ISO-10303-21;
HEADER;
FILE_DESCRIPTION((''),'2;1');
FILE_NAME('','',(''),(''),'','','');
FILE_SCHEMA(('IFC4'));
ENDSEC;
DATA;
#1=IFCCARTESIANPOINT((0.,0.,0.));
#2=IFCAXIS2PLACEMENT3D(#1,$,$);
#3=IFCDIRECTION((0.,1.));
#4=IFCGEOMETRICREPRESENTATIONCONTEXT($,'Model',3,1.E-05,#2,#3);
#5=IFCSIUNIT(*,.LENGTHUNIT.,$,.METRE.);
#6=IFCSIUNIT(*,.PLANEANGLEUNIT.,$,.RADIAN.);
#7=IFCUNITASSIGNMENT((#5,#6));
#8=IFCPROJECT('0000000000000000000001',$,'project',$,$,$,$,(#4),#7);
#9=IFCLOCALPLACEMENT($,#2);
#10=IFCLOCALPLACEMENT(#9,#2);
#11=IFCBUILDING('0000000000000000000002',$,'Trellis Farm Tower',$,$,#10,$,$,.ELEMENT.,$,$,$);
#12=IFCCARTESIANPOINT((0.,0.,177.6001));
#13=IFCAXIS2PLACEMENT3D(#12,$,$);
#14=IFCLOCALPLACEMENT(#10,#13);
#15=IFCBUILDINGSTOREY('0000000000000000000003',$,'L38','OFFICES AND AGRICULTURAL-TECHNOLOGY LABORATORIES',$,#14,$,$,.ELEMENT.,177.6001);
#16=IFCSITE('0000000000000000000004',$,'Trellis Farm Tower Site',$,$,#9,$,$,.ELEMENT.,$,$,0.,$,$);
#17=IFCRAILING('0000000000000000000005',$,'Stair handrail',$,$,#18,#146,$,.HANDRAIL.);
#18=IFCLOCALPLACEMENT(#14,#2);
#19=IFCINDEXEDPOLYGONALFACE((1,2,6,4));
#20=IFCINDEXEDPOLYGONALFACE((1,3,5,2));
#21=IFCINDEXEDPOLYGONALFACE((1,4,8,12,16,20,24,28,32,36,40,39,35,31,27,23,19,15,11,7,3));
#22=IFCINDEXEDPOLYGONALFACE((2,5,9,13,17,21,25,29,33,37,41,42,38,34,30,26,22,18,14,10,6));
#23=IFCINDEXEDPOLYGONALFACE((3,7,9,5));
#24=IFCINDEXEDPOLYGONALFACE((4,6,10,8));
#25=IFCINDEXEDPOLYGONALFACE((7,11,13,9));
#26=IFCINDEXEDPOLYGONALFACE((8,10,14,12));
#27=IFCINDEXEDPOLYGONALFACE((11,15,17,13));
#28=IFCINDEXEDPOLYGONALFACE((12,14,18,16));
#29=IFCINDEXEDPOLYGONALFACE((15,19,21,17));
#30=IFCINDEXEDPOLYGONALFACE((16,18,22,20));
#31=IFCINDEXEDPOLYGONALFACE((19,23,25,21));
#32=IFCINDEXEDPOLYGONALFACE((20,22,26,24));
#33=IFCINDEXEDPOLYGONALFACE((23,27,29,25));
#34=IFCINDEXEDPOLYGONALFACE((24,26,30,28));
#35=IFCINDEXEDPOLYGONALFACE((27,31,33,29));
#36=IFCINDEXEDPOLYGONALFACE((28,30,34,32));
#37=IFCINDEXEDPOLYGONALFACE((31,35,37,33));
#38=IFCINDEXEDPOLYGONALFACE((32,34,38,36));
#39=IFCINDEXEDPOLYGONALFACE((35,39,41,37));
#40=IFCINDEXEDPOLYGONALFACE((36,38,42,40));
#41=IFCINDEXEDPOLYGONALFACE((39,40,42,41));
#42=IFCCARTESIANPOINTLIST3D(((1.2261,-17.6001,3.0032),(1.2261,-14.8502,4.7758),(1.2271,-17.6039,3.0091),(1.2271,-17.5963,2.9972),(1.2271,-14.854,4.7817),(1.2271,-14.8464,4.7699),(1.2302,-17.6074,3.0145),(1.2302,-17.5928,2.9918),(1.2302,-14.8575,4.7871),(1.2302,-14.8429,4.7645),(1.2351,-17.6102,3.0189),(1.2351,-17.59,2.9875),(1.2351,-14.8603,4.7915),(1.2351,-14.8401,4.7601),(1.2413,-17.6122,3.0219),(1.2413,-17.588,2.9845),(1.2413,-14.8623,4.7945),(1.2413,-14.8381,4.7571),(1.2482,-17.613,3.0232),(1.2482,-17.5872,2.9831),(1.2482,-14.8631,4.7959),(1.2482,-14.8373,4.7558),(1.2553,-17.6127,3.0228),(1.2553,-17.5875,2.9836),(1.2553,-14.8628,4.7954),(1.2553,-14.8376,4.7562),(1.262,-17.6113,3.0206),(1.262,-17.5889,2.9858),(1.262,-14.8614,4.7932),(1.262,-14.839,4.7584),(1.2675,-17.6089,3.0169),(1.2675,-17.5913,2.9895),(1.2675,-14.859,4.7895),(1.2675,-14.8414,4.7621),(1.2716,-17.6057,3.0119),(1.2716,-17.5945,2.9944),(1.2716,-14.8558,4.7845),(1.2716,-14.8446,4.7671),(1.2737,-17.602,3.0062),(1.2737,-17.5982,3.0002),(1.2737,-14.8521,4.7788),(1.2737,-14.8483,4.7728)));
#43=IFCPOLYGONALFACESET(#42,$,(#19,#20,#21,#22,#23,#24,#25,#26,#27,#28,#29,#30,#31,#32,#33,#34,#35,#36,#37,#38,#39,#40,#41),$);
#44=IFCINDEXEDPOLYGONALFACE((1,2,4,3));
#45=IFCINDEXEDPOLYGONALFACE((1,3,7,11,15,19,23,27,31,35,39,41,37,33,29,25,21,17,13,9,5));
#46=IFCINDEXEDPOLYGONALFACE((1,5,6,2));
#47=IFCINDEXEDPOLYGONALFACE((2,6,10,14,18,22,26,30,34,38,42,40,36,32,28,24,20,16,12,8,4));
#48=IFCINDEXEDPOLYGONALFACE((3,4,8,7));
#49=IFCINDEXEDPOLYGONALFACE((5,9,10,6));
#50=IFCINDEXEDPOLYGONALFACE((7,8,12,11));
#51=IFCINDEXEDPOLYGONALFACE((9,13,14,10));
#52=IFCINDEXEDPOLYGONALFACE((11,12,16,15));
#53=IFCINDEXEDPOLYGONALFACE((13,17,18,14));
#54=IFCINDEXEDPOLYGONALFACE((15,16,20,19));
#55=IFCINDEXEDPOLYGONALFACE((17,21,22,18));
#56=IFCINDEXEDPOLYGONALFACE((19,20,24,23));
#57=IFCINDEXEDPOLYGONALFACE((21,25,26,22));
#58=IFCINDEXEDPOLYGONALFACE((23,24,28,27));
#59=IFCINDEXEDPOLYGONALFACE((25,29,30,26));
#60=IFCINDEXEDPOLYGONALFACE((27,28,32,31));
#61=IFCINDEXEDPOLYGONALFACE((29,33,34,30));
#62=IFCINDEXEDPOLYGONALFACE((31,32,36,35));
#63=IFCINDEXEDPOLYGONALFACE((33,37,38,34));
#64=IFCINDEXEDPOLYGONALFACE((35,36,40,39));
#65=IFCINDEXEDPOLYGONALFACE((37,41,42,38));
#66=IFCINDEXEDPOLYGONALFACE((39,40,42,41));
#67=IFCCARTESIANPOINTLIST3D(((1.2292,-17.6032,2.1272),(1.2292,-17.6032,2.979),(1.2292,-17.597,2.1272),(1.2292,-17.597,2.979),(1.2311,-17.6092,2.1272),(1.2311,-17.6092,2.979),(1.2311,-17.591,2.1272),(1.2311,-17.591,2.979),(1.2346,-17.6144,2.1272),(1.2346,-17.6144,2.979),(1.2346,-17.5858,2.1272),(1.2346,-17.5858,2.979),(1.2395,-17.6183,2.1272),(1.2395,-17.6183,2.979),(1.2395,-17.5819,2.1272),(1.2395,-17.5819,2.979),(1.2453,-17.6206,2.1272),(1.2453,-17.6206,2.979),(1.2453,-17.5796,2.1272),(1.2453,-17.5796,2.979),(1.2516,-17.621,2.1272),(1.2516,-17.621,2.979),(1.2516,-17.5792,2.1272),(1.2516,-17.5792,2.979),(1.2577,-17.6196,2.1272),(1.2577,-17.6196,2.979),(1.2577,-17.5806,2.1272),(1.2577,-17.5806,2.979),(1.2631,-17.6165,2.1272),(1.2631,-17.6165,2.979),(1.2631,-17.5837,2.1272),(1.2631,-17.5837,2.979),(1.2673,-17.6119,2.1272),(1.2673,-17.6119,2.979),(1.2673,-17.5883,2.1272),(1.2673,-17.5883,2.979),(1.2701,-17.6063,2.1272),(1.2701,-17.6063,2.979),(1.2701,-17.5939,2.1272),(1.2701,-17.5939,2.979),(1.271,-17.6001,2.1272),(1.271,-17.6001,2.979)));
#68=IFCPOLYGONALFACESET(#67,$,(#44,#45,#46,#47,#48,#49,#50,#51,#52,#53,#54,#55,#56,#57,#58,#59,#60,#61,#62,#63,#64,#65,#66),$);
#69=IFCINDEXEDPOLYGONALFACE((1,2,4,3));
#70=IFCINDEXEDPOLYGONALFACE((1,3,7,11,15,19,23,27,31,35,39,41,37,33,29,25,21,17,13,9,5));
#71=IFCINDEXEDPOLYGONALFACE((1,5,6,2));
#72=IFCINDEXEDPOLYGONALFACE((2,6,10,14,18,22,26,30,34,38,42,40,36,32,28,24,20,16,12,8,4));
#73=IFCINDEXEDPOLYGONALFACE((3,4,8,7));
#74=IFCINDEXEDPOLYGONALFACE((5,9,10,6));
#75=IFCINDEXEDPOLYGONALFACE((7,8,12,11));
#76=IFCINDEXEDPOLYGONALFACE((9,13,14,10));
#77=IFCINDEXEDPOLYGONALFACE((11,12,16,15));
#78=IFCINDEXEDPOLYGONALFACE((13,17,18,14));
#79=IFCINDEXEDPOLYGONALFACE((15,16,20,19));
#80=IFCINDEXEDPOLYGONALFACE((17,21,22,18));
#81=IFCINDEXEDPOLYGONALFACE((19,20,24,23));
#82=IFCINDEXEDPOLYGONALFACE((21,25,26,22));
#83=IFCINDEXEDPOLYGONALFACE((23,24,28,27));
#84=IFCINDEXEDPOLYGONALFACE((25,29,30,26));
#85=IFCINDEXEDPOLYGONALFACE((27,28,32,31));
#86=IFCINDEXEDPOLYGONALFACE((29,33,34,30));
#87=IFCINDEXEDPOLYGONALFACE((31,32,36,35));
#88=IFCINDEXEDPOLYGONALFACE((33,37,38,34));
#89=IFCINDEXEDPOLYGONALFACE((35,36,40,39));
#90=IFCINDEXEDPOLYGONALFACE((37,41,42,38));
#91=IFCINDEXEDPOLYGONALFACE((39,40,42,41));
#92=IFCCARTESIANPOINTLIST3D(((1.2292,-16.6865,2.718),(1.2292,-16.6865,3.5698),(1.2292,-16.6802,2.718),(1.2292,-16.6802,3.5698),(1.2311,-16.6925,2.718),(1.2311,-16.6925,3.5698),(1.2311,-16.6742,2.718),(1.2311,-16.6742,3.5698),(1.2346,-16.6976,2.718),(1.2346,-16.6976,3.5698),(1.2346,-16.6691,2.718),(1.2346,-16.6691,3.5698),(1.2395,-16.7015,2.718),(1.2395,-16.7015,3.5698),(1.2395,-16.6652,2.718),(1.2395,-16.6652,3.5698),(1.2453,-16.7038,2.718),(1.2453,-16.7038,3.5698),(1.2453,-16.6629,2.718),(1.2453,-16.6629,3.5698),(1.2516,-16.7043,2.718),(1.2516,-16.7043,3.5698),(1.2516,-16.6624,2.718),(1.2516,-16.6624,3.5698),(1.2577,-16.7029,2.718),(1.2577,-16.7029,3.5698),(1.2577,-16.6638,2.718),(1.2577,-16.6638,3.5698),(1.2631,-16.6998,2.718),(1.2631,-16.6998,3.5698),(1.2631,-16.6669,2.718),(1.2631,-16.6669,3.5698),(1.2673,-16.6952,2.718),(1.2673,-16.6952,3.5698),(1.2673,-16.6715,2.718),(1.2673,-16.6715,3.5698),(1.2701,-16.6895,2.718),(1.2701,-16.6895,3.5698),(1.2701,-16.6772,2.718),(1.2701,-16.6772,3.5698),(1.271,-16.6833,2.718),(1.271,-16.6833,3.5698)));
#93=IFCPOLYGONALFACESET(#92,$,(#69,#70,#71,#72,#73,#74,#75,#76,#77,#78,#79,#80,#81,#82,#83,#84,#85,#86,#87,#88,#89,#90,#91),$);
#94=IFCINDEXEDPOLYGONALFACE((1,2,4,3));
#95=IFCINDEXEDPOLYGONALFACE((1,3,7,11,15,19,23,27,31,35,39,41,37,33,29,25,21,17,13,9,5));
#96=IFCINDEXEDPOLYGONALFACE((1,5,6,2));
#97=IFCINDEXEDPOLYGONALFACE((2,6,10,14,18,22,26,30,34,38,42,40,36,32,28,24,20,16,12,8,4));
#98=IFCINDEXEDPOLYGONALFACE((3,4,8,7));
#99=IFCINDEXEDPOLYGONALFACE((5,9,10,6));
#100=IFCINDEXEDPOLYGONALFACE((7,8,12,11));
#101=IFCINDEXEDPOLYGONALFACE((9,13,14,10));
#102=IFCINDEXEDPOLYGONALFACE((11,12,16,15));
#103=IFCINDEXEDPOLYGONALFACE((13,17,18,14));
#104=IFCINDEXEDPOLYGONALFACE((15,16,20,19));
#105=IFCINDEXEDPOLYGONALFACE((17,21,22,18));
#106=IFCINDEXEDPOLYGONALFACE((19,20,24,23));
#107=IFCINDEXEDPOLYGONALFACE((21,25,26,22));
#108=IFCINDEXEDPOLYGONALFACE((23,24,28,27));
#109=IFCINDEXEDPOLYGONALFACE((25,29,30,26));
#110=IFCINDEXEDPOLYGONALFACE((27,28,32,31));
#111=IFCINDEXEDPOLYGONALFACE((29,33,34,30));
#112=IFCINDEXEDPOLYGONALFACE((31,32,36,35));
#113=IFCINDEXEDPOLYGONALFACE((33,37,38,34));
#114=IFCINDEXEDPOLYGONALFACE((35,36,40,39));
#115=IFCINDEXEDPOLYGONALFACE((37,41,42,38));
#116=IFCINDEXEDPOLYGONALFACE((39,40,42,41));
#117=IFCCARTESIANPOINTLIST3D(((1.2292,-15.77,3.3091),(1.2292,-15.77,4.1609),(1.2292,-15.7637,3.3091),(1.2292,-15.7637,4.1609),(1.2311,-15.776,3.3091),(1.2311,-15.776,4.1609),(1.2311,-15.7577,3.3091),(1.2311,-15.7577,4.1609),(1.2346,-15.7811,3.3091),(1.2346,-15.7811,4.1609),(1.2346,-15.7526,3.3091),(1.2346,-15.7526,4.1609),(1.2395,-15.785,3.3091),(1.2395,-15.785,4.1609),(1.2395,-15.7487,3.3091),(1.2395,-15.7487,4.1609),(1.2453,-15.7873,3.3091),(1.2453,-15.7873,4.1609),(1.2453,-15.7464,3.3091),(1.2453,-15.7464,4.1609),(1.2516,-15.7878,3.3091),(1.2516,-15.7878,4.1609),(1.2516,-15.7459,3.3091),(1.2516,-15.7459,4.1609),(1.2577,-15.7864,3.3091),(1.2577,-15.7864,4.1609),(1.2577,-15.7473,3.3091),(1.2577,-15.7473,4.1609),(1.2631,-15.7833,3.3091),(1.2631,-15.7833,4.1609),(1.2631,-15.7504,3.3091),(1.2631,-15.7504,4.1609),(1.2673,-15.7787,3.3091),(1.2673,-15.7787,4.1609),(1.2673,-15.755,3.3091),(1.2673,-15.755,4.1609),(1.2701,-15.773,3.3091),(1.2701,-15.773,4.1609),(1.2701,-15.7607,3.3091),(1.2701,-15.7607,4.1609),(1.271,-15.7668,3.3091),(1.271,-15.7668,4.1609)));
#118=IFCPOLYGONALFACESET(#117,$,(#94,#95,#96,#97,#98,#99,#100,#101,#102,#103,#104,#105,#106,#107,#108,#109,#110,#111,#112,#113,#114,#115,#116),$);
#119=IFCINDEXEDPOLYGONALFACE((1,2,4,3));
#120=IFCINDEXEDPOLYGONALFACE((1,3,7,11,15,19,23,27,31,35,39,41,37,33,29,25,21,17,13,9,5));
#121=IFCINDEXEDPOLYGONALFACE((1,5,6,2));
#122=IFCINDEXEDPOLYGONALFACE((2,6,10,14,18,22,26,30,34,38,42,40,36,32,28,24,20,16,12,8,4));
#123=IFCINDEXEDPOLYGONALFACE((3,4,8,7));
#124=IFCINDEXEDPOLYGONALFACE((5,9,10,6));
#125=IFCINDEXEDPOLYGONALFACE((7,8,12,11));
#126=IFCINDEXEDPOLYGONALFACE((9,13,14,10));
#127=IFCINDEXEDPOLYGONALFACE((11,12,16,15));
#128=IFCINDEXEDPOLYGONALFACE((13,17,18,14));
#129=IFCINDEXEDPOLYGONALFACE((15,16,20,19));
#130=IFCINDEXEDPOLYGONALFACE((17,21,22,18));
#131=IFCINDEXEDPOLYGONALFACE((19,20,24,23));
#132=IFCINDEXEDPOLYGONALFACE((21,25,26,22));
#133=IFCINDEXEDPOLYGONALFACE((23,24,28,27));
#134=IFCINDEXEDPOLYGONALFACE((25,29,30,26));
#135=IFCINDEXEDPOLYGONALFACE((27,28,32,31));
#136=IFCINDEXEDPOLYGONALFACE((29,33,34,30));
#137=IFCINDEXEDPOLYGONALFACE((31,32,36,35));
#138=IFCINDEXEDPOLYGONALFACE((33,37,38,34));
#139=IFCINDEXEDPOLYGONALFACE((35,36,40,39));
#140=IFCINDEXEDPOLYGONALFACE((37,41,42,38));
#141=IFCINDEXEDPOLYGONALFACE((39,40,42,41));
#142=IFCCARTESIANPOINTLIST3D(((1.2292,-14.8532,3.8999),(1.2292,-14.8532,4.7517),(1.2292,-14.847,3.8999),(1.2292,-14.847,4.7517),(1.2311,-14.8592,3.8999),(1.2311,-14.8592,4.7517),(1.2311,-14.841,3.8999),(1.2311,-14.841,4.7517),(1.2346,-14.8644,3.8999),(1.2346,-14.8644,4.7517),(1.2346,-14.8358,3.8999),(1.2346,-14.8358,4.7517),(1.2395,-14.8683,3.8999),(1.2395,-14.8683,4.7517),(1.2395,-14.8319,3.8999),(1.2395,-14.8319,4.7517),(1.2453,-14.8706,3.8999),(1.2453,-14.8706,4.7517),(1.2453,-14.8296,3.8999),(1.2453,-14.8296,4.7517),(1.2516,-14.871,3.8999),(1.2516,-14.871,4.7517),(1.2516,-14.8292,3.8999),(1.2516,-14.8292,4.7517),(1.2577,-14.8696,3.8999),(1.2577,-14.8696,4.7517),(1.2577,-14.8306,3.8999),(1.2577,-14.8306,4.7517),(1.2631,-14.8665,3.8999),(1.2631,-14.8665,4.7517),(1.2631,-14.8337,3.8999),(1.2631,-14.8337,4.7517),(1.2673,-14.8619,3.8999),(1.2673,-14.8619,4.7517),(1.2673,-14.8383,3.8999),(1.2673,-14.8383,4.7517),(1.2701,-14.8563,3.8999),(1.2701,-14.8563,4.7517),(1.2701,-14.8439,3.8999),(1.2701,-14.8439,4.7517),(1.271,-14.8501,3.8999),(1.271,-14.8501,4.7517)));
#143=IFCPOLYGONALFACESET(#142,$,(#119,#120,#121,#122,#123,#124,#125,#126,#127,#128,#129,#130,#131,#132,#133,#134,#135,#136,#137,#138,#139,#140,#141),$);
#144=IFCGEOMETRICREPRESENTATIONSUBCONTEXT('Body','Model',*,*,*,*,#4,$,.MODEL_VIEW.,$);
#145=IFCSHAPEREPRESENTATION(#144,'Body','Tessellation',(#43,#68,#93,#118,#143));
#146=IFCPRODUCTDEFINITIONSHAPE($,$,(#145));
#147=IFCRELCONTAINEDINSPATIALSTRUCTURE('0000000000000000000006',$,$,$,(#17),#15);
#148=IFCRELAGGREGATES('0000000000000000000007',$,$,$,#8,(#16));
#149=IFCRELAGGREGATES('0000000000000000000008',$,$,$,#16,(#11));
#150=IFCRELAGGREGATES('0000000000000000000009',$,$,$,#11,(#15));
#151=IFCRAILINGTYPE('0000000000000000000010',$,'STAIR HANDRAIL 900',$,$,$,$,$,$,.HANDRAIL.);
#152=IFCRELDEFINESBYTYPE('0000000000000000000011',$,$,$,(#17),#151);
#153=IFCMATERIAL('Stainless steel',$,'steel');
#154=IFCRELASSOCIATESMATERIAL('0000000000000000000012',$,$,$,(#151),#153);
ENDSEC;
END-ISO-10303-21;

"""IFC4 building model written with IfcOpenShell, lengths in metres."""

from ifc_helpers import new_model, si_unit, direction, frame, origin, origin_2d, place, context, subcontext, project, spatial, circle, extrude, source, transform, mapped, material, type_object, element, save


model = new_model("IFC4")

# Units and contexts
model_context = context("Model", 3, precision=1e-05, world=origin(), true_north=direction((0.0, 1.0)))
body_context = subcontext(model_context, "Body", "Model", "MODEL_VIEW")
ifc_project = project(units=[si_unit("LENGTHUNIT", "METRE"), si_unit("PLANEANGLEUNIT", "RADIAN")], contexts=[model_context])

# Site, building, storey
site_placement = place(None, origin())
site = spatial("IfcSite", under=ifc_project, at=site_placement, Name="Trellis Farm Tower Site", CompositionType="ELEMENT", RefElevation=0.0)
building_placement = place(site_placement, origin())
building = spatial("IfcBuilding", under=site, at=building_placement, Name="Trellis Farm Tower", CompositionType="ELEMENT")
storey_placement = place(building_placement, frame((0.0, 0.0, 177.6001)))
storey = spatial("IfcBuildingStorey", under=building, at=storey_placement, Name="L38", Description="OFFICES AND AGRICULTURAL-TECHNOLOGY LABORATORIES", CompositionType="ELEMENT", Elevation=177.6001)

# Railing
ifc_material_1 = material(Name="Stainless steel", Category="steel")
railing_type = type_object("IfcRailingType", Name="STAIR HANDRAIL 900", PredefinedType="HANDRAIL", material=ifc_material_1)
shared_shape_1 = source(origin(), body_context, "Body", "SweptSolid", [
    extrude(circle(Radius=0.0239, at=origin_2d()), frame((0.0, 0.0, 0.876), z_axis=(0.0, 0.840504, 0.541806), x_axis=(-1.0, 0.0, 0.0)), (0.0, 0.0, 1.0), 3.2717),
    extrude(circle(Radius=0.021, at=origin_2d()), origin(), (0.0, 0.0, 1.0), 0.8518),
    extrude(circle(Radius=0.021, at=origin_2d()), frame((0.0, 0.9167, 0.5908)), (0.0, 0.0, 1.0), 0.8518),
    extrude(circle(Radius=0.021, at=origin_2d()), frame((0.0, 1.8333, 1.1819)), (0.0, 0.0, 1.0), 0.8518),
    extrude(circle(Radius=0.021, at=origin_2d()), frame((0.0, 2.75, 1.7727)), (0.0, 0.0, 1.0), 0.8518),
])
railing_placement = place(storey_placement, frame((1.25, -17.6001, 2.1272)))
element("IfcRailing", 1, at=railing_placement, inside=storey, type_object=railing_type, Name="Stair handrail", PredefinedType="HANDRAIL", context=body_context, shape_type="MappedRepresentation", body=[
    mapped(shared_shape_1, transform((0.0, 0.0, 0.0))),
])

save(model, "model.ifc")
